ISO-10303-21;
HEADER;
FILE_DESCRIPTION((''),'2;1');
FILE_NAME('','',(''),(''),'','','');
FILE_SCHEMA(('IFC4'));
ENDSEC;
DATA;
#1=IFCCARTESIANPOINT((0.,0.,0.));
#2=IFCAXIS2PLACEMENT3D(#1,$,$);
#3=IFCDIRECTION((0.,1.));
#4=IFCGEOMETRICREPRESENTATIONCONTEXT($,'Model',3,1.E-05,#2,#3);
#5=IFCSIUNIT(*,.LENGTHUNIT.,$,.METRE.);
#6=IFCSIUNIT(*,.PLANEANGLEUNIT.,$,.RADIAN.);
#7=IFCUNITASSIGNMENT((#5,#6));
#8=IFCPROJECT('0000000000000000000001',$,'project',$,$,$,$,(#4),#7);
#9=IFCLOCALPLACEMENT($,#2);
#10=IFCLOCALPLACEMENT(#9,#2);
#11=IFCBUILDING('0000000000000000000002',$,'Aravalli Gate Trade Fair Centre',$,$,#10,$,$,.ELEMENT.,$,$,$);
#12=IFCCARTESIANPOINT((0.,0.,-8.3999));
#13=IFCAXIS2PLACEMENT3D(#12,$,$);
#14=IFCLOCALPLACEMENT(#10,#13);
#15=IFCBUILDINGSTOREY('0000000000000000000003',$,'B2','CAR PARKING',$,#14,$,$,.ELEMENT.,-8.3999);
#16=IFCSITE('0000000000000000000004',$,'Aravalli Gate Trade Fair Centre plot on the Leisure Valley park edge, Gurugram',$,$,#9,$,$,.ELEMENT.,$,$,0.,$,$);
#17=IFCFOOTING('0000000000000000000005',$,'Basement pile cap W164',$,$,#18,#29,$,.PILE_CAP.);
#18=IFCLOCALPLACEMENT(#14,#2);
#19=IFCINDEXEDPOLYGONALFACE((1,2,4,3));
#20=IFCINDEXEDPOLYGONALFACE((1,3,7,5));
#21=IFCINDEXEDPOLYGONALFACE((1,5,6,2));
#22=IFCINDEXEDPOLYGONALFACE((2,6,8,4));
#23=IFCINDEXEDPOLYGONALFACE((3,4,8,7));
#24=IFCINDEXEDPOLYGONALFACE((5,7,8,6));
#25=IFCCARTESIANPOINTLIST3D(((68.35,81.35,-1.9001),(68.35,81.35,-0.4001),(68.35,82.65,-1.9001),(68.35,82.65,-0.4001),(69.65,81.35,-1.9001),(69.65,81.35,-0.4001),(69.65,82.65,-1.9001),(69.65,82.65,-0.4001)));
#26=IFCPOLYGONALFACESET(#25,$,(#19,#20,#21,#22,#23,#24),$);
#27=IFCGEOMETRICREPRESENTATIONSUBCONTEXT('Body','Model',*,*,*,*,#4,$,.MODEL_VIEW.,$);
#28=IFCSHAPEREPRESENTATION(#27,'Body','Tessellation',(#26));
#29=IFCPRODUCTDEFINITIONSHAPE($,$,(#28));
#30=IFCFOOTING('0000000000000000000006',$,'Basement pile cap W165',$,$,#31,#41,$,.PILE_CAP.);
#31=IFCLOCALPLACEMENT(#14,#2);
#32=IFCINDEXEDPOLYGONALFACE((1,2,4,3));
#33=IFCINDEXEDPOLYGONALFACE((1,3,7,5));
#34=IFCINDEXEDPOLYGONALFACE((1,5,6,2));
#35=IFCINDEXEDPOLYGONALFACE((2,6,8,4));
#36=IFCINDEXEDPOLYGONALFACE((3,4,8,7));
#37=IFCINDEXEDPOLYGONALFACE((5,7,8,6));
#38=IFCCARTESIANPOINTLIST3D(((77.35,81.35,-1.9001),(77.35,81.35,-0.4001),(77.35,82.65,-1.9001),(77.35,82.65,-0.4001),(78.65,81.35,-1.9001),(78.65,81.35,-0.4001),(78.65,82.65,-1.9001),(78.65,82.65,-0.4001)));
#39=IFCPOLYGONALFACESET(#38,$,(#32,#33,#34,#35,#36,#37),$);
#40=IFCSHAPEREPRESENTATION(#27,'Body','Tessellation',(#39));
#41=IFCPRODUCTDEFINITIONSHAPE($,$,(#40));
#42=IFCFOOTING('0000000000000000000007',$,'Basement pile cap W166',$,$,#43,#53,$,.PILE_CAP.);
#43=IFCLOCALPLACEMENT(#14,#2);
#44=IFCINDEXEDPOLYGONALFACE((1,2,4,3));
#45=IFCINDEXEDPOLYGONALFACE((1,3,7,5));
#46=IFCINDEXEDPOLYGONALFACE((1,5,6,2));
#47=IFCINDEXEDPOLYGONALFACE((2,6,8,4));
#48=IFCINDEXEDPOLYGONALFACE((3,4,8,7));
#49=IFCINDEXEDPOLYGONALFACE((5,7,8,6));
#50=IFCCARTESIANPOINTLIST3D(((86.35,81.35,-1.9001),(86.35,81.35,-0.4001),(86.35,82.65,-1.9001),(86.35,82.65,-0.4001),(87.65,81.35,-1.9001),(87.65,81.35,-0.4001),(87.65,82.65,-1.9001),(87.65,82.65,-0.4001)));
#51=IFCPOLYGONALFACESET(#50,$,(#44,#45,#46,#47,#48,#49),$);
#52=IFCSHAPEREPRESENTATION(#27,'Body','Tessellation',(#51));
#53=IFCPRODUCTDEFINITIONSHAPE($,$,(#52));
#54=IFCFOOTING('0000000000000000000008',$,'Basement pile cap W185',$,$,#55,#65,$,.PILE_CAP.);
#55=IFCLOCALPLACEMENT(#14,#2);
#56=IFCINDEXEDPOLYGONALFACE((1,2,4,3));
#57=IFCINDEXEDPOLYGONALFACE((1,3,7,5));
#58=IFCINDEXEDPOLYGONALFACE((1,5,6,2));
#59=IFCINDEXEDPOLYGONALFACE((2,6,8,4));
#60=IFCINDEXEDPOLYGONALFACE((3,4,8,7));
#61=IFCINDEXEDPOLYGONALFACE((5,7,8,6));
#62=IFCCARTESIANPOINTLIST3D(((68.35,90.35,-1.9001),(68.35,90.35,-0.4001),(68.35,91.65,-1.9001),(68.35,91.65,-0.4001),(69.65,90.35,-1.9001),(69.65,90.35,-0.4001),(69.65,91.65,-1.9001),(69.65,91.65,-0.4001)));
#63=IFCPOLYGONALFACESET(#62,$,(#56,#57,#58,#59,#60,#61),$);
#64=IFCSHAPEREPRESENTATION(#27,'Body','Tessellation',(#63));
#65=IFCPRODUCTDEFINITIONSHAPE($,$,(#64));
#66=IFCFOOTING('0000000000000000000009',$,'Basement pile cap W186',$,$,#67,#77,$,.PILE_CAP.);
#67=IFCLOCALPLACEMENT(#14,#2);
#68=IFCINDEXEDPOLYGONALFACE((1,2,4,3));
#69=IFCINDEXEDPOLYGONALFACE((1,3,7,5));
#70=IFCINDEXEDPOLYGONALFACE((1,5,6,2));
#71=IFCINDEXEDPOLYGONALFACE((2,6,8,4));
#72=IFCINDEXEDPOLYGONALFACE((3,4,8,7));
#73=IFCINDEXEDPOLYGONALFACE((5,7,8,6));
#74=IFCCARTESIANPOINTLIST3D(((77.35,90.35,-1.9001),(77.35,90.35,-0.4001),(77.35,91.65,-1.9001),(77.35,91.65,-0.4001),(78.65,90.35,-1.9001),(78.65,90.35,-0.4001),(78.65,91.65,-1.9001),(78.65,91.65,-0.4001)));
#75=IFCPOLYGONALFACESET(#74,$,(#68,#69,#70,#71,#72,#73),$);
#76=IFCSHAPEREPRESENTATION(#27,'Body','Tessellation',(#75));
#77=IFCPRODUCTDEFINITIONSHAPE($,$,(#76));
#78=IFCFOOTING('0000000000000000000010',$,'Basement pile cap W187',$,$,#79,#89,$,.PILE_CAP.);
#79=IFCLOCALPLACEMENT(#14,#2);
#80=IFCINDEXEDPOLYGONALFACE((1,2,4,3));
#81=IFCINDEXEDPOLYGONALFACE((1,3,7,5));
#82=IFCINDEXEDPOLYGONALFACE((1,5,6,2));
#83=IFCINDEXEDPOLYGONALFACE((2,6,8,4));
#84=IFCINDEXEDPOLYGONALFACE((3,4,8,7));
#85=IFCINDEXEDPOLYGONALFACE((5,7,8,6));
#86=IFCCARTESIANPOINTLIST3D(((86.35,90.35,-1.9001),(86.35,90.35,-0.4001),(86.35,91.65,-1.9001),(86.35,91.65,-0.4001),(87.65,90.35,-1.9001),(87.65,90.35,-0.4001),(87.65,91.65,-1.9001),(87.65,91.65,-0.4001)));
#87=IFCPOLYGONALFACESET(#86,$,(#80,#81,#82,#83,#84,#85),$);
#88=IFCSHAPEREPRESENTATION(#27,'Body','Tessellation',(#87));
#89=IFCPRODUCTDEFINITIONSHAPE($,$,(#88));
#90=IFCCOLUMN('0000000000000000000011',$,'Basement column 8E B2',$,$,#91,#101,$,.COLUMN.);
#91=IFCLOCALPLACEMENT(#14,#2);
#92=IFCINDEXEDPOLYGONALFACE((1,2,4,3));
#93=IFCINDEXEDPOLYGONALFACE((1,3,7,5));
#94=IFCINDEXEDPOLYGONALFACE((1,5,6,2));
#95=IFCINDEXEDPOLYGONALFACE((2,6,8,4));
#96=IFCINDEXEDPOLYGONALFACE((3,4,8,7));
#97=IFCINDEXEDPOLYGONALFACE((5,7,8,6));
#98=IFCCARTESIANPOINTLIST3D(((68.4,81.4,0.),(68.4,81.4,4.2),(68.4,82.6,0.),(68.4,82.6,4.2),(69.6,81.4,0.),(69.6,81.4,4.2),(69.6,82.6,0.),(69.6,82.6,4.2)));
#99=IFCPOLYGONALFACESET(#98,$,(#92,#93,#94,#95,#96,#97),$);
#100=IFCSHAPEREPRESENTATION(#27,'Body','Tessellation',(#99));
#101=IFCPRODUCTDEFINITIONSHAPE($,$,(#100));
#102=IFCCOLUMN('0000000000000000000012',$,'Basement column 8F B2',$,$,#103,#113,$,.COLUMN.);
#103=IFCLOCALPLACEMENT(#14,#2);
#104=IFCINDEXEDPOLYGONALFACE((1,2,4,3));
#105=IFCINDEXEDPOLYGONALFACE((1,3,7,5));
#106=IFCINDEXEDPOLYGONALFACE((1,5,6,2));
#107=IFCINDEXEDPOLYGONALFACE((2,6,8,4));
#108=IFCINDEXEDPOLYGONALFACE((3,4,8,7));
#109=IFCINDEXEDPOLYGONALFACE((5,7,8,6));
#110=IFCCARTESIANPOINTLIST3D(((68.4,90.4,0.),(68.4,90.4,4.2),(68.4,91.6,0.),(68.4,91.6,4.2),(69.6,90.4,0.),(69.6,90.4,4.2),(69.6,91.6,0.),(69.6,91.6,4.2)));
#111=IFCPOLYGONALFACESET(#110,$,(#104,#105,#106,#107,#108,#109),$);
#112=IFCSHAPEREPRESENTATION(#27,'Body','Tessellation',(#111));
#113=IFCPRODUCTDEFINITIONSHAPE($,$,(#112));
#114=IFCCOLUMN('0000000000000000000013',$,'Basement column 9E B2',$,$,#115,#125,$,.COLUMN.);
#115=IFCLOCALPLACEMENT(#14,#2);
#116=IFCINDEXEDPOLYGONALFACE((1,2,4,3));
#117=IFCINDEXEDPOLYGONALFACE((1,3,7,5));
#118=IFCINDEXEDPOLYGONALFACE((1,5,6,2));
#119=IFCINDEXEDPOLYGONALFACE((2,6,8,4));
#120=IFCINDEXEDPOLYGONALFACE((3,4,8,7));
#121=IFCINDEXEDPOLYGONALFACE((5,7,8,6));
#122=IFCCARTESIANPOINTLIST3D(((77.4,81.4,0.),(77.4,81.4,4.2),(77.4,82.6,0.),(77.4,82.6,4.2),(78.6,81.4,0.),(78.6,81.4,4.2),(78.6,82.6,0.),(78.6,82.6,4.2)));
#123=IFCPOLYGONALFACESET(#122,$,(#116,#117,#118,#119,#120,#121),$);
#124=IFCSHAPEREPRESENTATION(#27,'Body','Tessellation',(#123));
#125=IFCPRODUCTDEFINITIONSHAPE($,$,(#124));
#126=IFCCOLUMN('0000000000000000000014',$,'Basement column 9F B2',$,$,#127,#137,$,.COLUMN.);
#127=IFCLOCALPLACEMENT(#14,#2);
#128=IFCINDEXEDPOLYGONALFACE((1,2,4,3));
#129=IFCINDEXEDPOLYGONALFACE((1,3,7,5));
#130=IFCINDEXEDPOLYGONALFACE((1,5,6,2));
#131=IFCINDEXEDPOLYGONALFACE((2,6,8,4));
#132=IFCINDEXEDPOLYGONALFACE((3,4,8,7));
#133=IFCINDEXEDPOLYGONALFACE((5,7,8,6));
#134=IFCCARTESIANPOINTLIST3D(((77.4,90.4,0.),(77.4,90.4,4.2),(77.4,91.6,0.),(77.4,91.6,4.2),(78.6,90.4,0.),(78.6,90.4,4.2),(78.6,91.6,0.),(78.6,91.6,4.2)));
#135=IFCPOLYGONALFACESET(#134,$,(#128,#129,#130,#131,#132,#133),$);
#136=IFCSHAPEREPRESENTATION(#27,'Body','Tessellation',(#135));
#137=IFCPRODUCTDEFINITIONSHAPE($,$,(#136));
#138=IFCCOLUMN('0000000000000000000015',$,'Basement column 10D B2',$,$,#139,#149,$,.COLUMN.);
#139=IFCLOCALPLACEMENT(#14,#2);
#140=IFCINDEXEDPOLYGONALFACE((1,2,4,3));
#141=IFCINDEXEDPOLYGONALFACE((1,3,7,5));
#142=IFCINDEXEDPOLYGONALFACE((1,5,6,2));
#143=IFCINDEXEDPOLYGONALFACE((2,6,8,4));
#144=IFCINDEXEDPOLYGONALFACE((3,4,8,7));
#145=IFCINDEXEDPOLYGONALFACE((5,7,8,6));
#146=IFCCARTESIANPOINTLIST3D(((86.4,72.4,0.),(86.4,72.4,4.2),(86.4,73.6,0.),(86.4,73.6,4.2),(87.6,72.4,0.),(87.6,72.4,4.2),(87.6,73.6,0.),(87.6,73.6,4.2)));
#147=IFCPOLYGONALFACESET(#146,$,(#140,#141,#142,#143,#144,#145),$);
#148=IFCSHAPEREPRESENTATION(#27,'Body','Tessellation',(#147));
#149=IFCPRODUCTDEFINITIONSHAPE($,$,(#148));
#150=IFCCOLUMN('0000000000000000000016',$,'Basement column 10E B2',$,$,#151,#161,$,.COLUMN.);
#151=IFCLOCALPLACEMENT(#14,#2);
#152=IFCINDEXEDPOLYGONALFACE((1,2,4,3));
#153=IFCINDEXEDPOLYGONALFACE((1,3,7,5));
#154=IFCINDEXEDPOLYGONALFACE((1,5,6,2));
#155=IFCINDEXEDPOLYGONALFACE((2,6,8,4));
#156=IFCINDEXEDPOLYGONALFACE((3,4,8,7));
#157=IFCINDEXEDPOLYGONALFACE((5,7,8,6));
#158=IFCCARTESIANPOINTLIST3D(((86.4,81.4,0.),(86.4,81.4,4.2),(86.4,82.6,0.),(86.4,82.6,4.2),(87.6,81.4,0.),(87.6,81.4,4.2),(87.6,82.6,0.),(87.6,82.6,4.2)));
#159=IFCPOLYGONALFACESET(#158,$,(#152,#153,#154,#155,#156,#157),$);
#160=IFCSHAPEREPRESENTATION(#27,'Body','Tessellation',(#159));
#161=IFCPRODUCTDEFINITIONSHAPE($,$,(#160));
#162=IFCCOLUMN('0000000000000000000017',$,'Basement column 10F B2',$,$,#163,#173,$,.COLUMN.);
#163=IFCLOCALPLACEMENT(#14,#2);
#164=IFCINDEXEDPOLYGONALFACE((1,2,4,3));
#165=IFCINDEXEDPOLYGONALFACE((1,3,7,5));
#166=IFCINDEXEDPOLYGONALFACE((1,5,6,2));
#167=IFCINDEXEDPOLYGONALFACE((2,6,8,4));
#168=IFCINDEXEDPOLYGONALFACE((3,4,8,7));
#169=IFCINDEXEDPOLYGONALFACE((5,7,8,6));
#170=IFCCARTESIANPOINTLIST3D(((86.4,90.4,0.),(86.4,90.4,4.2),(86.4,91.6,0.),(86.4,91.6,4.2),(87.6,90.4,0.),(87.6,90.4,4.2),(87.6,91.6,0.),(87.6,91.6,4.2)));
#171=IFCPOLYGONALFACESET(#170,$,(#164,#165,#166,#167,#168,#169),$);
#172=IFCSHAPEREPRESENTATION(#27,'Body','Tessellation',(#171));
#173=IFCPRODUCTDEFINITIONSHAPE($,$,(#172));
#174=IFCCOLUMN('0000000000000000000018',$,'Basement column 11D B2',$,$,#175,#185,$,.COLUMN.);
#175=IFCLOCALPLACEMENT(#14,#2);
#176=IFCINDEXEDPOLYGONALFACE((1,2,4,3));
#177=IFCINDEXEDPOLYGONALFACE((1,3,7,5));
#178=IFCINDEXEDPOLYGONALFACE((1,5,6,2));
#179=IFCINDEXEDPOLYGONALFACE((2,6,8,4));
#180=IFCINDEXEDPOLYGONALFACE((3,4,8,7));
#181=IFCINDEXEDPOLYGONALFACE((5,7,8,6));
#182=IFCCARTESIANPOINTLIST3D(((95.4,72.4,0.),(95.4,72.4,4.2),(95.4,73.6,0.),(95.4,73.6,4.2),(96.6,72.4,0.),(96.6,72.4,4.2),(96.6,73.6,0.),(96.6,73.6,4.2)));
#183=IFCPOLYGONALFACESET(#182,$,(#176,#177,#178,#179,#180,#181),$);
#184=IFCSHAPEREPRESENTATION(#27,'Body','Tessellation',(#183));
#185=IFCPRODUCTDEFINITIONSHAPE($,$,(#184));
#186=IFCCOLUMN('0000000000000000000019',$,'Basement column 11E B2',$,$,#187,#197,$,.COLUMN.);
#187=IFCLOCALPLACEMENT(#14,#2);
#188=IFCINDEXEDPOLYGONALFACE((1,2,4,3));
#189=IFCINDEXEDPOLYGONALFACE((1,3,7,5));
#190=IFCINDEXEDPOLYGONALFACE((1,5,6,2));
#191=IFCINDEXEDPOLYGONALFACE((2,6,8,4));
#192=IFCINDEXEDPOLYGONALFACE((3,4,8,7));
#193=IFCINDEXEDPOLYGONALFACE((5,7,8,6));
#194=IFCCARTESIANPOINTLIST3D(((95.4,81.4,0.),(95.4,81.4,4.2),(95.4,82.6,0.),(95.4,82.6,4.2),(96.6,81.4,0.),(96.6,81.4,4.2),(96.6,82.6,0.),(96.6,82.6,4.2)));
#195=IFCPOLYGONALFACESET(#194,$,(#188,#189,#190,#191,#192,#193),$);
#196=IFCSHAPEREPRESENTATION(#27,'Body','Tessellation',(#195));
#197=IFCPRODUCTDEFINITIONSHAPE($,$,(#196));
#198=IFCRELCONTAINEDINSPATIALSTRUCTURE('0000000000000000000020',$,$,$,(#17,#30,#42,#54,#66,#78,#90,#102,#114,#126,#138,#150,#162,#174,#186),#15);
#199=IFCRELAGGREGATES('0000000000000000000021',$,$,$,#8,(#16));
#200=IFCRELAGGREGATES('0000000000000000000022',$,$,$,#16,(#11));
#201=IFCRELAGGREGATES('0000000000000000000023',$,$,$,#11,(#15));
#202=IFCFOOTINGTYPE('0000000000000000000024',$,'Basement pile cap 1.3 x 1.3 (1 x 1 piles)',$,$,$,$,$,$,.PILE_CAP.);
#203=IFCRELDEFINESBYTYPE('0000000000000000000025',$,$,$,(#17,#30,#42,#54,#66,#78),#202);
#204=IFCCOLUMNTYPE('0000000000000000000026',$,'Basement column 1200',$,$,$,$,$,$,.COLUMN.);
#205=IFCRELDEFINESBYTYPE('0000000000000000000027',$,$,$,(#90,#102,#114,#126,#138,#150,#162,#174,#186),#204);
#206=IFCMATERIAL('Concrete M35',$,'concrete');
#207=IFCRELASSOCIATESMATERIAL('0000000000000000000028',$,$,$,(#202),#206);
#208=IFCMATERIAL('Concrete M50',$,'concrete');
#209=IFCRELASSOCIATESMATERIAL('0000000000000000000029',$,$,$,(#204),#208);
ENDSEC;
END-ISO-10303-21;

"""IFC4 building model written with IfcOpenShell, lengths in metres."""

from ifc_helpers import new_model, si_unit, direction, frame, origin, origin_2d, place, context, subcontext, project, spatial, rectangle, extrude, material, material_profile, profile_set, type_object, element, save


model = new_model("IFC4")

# Units and contexts
model_context = context("Model", 3, precision=1e-05, world=origin(), true_north=direction((0.0, 1.0)))
body_context = subcontext(model_context, "Body", "Model", "MODEL_VIEW")
ifc_project = project(units=[si_unit("LENGTHUNIT", "METRE"), si_unit("PLANEANGLEUNIT", "RADIAN")], contexts=[model_context])

# Site, building, storey
site_placement = place(None, origin())
site = spatial("IfcSite", under=ifc_project, at=site_placement, Name="Aravalli Gate Trade Fair Centre plot on the Leisure Valley park edge, Gurugram", CompositionType="ELEMENT", RefElevation=0.0)
building_placement = place(site_placement, origin())
building = spatial("IfcBuilding", under=site, at=building_placement, Name="Aravalli Gate Trade Fair Centre", CompositionType="ELEMENT")
storey_placement = place(building_placement, frame((0.0, 0.0, -8.3999)))
storey = spatial("IfcBuildingStorey", under=building, at=storey_placement, Name="B2", Description="CAR PARKING", CompositionType="ELEMENT", Elevation=-8.3999)

# Shared definitions
ifc_material_1 = material(Name="Concrete M35", Category="concrete")

# Footings
footing_type = type_object("IfcFootingType", Name="Basement pile cap 1.3 x 1.3 (1 x 1 piles)", PredefinedType="PILE_CAP", material=ifc_material_1)
for number, where, z_axis, x_axis, name in (
    (1, (69.0, 82.0, -1.9001), (0.0, 0.0, 1.0), (1.0, 0.0, 0.0), "Basement pile cap W164"),
    (2, (78.0, 82.0, -1.9001), (0.0, 0.0, 1.0), (1.0, 0.0, 0.0), "Basement pile cap W165"),
    (3, (87.0, 82.0, -1.9001), (0.0, 0.0, 1.0), (1.0, 0.0, 0.0), "Basement pile cap W166"),
    (4, (69.0, 91.0, -1.9001), (0.0, 0.0, 1.0), (1.0, 0.0, 0.0), "Basement pile cap W185"),
    (5, (78.0, 91.0, -1.9001), (0.0, 0.0, 1.0), (1.0, 0.0, 0.0), "Basement pile cap W186"),
    (6, (87.0, 91.0, -1.9001), (0.0, 0.0, 1.0), (1.0, 0.0, 0.0), "Basement pile cap W187"),
):
    element("IfcFooting", number, at=place(storey_placement, frame(where, z_axis=z_axis, x_axis=x_axis)), inside=storey, type_object=footing_type, Name=name, PredefinedType="PILE_CAP", context=body_context, shape_type="SweptSolid", body=[
        extrude(rectangle(XDim=1.3, YDim=1.3, at=origin_2d()), origin(), (0.0, 0.0, 1.0), 1.5),
    ])

# Columns
ifc_material_2 = material(Name="Concrete M50", Category="concrete")
ifc_material_profile_1 = material_profile(ifc_material_2, rectangle(XDim=1.2, YDim=1.2, at=origin_2d()), Name="RC 1200 x 1200")
ifc_profile_set_1 = profile_set([ifc_material_profile_1], Name="Concrete M50")
column_type = type_object("IfcColumnType", Name="Basement column 1200", PredefinedType="COLUMN", material=ifc_profile_set_1)
for number, where, z_axis, x_axis, name in (
    (7, (69.0, 82.0, 0.0), (0.0, 0.0, 1.0), (1.0, 0.0, 0.0), "Basement column 8E B2"),
    (8, (69.0, 91.0, 0.0), (0.0, 0.0, 1.0), (1.0, 0.0, 0.0), "Basement column 8F B2"),
    (9, (78.0, 82.0, 0.0), (0.0, 0.0, 1.0), (1.0, 0.0, 0.0), "Basement column 9E B2"),
    (10, (78.0, 91.0, 0.0), (0.0, 0.0, 1.0), (1.0, 0.0, 0.0), "Basement column 9F B2"),
    (11, (87.0, 73.0, 0.0), (0.0, 0.0, 1.0), (1.0, 0.0, 0.0), "Basement column 10D B2"),
    (12, (87.0, 82.0, 0.0), (0.0, 0.0, 1.0), (1.0, 0.0, 0.0), "Basement column 10E B2"),
    (13, (87.0, 91.0, 0.0), (0.0, 0.0, 1.0), (1.0, 0.0, 0.0), "Basement column 10F B2"),
    (14, (96.0, 73.0, 0.0), (0.0, 0.0, 1.0), (1.0, 0.0, 0.0), "Basement column 11D B2"),
    (15, (96.0, 82.0, 0.0), (0.0, 0.0, 1.0), (1.0, 0.0, 0.0), "Basement column 11E B2"),
):
    element("IfcColumn", number, at=place(storey_placement, frame(where, z_axis=z_axis, x_axis=x_axis)), inside=storey, type_object=column_type, Name=name, PredefinedType="COLUMN", context=body_context, shape_type="SweptSolid", body=[
        extrude(rectangle(XDim=1.2, YDim=1.2, at=origin_2d()), origin(), (0.0, 0.0, 1.0), 4.2),
    ])

save(model, "model.ifc")
